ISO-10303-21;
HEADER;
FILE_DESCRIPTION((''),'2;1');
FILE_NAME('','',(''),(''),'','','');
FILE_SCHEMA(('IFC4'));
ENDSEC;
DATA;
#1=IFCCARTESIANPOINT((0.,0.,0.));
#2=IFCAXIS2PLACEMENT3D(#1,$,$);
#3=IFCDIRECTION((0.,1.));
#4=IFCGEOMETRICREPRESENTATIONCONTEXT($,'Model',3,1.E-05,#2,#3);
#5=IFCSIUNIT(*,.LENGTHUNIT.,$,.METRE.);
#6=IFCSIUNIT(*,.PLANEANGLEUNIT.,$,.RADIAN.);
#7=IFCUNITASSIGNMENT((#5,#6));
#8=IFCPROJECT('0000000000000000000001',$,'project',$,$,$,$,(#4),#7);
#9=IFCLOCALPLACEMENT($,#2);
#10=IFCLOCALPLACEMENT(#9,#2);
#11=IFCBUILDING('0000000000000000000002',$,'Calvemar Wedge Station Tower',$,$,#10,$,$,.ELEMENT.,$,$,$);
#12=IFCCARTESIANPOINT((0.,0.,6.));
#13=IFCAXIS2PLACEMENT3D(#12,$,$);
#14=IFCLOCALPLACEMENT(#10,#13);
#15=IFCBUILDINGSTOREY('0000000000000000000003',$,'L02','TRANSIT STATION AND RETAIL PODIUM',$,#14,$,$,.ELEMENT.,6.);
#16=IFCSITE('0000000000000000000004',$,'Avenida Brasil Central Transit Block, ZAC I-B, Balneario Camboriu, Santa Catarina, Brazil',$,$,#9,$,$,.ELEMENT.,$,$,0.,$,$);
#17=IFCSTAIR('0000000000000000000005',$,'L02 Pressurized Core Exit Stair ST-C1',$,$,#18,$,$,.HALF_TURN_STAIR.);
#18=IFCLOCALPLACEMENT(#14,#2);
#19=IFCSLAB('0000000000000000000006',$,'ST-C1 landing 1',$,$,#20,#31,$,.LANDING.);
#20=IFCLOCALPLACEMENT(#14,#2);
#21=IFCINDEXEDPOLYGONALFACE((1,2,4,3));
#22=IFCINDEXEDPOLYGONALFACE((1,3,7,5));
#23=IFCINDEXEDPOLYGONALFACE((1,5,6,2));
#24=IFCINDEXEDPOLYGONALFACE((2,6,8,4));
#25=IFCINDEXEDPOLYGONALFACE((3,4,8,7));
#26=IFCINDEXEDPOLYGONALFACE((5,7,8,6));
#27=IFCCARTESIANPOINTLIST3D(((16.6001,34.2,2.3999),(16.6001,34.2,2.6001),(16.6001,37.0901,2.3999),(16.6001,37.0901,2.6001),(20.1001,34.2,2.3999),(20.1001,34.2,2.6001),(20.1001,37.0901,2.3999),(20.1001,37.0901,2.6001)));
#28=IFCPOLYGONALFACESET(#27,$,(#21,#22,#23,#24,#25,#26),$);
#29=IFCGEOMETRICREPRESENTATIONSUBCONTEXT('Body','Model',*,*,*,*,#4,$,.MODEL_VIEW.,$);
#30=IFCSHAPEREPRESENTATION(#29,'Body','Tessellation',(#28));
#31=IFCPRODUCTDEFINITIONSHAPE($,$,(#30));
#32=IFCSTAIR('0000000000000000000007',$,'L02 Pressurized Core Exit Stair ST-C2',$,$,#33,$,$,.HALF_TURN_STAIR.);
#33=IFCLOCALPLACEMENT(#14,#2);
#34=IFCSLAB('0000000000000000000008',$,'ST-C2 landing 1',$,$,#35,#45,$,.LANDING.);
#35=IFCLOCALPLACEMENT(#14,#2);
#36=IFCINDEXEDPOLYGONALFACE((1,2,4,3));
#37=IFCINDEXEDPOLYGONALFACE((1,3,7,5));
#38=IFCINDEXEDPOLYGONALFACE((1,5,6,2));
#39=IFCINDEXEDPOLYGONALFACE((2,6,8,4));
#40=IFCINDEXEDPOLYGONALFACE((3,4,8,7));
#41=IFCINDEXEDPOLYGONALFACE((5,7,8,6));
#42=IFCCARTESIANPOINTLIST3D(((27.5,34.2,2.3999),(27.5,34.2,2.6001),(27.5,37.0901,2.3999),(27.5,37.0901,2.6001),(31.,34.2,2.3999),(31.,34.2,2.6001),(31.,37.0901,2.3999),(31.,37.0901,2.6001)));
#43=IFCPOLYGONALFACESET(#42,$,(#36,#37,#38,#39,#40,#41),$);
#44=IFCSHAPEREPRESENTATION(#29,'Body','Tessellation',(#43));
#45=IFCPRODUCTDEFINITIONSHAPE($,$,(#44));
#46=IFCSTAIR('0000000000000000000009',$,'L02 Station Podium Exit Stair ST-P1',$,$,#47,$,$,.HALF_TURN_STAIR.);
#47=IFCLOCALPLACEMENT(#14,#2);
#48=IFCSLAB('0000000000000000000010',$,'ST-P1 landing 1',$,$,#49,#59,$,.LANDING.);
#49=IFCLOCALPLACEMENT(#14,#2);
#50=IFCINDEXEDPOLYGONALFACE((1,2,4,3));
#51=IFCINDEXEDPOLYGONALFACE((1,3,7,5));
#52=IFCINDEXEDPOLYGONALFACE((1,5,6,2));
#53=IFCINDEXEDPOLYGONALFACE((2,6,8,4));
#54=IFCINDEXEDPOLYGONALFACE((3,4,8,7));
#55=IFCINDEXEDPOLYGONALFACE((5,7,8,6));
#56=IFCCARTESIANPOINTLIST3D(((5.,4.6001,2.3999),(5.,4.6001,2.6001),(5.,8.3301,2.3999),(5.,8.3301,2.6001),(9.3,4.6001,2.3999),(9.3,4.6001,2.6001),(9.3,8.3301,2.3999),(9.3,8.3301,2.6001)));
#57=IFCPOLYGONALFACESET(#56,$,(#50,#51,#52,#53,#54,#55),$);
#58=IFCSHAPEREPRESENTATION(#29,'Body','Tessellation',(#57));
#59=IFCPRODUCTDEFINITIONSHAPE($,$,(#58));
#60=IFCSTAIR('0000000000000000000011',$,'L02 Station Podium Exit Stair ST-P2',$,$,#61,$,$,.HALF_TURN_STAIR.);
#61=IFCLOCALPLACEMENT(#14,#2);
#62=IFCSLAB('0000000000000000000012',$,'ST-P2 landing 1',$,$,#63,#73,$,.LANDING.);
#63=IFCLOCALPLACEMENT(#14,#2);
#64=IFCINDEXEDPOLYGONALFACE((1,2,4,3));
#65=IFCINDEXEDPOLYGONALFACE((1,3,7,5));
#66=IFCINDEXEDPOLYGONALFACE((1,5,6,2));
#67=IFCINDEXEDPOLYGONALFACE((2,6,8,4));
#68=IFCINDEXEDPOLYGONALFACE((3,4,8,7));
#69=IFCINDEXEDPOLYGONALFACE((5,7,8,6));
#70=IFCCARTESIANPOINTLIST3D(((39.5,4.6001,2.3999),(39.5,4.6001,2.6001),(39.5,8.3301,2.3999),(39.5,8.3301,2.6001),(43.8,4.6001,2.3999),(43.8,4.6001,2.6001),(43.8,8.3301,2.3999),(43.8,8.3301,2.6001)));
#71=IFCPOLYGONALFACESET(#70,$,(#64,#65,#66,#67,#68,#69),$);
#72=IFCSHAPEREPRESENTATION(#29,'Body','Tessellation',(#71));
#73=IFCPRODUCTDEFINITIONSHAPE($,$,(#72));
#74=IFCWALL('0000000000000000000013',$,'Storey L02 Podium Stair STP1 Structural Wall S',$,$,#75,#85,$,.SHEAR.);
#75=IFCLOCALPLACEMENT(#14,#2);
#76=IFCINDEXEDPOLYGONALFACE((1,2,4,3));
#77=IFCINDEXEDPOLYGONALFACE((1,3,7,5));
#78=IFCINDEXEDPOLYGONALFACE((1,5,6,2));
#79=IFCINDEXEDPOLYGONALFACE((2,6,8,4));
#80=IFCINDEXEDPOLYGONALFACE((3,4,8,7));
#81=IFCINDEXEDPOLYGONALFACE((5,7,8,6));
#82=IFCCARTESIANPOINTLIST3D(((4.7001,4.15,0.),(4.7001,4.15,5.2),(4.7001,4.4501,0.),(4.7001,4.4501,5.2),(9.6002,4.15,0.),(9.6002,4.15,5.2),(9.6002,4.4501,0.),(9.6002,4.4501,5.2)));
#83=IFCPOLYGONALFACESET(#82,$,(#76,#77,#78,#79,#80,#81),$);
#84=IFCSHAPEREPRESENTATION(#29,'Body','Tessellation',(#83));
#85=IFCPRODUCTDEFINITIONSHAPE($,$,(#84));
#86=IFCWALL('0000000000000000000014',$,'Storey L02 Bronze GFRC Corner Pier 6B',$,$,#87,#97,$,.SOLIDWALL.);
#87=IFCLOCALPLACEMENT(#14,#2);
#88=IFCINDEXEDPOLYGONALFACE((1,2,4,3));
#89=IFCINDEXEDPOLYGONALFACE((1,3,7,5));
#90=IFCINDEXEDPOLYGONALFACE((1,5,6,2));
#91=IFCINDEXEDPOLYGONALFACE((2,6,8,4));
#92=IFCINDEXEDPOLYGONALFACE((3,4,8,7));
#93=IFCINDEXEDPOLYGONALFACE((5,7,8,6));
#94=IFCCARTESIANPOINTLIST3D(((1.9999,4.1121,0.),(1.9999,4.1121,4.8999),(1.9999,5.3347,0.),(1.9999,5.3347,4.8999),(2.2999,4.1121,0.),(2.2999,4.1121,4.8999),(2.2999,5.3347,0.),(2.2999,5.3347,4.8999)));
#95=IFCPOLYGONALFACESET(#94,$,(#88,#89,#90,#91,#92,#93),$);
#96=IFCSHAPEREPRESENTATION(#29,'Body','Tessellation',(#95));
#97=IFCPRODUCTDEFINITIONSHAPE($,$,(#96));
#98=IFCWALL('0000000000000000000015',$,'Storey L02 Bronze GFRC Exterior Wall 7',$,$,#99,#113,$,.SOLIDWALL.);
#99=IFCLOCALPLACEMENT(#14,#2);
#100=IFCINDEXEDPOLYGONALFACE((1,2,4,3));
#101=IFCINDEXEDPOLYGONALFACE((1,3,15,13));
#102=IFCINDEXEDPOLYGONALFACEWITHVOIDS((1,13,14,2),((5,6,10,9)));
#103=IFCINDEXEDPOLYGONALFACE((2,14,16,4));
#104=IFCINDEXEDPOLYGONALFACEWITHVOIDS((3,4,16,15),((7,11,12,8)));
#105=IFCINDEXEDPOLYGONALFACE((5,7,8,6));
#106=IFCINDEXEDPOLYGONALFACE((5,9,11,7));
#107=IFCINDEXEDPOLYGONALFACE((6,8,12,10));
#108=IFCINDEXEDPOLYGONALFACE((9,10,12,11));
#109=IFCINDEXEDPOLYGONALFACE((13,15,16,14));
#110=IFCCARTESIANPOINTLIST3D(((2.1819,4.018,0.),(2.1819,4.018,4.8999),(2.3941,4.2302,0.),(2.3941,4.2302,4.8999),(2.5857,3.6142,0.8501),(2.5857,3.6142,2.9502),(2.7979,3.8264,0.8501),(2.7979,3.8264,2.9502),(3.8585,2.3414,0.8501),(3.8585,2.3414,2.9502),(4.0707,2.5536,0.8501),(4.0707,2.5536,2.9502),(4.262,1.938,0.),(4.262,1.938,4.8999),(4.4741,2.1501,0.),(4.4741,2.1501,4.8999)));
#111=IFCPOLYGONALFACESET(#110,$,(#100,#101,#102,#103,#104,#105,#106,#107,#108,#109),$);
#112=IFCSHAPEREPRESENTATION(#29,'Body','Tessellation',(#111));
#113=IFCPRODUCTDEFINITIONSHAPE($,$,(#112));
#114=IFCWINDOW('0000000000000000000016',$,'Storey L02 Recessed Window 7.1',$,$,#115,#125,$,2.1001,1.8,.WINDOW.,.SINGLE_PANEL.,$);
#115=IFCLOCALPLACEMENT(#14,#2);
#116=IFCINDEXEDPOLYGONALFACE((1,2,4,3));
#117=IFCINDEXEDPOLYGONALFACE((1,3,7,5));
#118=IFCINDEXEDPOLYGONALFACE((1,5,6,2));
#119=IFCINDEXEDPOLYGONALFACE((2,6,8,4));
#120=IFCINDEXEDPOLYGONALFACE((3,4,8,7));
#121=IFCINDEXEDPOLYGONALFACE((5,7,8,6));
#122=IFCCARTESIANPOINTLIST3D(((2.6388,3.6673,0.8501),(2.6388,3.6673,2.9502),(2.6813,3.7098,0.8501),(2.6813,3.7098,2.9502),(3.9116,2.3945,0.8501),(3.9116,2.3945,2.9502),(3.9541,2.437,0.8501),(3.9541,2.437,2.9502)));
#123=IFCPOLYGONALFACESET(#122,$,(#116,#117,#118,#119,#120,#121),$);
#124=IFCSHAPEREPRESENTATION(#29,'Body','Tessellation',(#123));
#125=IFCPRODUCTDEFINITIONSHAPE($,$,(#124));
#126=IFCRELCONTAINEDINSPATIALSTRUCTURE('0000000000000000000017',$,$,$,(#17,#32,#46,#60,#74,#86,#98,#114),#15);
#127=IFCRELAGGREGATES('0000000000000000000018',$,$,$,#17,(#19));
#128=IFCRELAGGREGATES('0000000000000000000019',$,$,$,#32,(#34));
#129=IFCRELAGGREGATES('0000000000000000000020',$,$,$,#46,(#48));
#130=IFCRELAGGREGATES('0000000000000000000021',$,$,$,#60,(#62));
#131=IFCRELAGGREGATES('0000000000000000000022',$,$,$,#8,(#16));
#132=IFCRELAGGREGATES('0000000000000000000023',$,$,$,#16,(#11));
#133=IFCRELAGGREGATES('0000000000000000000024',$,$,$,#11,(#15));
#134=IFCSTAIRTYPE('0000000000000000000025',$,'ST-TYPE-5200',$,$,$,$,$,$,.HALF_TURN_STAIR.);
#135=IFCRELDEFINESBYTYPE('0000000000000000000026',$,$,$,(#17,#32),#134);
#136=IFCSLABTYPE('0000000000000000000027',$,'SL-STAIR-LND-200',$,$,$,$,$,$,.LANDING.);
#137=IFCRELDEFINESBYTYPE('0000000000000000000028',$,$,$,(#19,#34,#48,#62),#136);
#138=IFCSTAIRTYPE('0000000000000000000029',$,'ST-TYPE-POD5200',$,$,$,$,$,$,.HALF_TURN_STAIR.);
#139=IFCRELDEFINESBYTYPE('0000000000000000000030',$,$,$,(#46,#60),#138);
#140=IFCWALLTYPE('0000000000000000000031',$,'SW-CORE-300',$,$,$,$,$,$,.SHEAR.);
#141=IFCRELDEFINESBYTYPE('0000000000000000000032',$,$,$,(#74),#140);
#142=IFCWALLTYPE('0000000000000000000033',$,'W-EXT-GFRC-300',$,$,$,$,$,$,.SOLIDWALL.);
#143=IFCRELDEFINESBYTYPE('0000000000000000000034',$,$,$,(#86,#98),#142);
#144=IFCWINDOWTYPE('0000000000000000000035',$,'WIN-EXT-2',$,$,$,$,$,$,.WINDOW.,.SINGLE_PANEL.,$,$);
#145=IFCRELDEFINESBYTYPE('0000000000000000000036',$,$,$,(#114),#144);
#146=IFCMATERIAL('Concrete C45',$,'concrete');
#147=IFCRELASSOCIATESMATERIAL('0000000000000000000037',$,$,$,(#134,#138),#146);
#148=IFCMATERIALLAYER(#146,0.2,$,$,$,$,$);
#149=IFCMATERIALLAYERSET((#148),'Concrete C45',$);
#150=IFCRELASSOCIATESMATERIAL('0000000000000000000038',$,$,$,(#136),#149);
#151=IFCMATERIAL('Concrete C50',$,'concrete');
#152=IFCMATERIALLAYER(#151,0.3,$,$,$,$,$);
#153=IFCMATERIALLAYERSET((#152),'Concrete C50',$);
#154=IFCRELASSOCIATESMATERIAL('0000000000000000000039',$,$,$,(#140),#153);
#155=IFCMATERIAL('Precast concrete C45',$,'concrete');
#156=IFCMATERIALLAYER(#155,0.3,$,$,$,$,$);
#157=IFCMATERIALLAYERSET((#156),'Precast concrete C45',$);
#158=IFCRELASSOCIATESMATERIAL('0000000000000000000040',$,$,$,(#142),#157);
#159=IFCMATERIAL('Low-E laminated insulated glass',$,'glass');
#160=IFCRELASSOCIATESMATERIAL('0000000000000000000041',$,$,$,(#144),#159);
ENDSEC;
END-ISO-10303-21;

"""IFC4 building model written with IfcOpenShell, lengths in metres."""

from ifc_helpers import new_model, si_unit, direction, frame, frame_2d, origin, place, context, subcontext, project, spatial, polyline, rectangle, outline, extrude, source, transform, mapped, material, layer, layer_set, type_object, element, fill, aggregate, save


model = new_model("IFC4")

# Units and contexts
model_context = context("Model", 3, precision=1e-05, world=origin(), true_north=direction((0.0, 1.0)))
body_context = subcontext(model_context, "Body", "Model", "MODEL_VIEW")
ifc_project = project(units=[si_unit("LENGTHUNIT", "METRE"), si_unit("PLANEANGLEUNIT", "RADIAN")], contexts=[model_context])

# Site, building, storey
site_placement = place(None, origin())
site = spatial("IfcSite", under=ifc_project, at=site_placement, Name="Avenida Brasil Central Transit Block, ZAC I-B, Balneario Camboriu, Santa Catarina, Brazil", CompositionType="ELEMENT", RefElevation=0.0)
building_placement = place(site_placement, origin())
building = spatial("IfcBuilding", under=site, at=building_placement, Name="Calvemar Wedge Station Tower", CompositionType="ELEMENT")
storey_placement = place(building_placement, frame((0.0, 0.0, 6.0)))
storey = spatial("IfcBuildingStorey", under=building, at=storey_placement, Name="L02", Description="TRANSIT STATION AND RETAIL PODIUM", CompositionType="ELEMENT", Elevation=6.0)

# Shared definitions
ifc_material_1 = material(Name="Concrete C50", Category="concrete")

# Shared definitions
ifc_material_2 = material(Name="Low-E laminated insulated glass", Category="glass")

# Stairs, slabs
ifc_material_3 = material(Name="Concrete C45", Category="concrete")
stair_type_1 = type_object("IfcStairType", Name="ST-TYPE-5200", PredefinedType="HALF_TURN_STAIR", material=ifc_material_3)
stair_1_placement = place(storey_placement, origin())
stair_1 = element("IfcStair", 1, at=stair_1_placement, inside=storey, type_object=stair_type_1, Name="L02 Pressurized Core Exit Stair ST-C1", PredefinedType="HALF_TURN_STAIR")
ifc_layer_1 = layer(ifc_material_3, 0.2)
ifc_layer_set_1 = layer_set([ifc_layer_1], Name="Concrete C45")
slab_type_1 = type_object("IfcSlabType", Name="SL-STAIR-LND-200", PredefinedType="LANDING", material=ifc_layer_set_1)
slab_1_placement = place(storey_placement, frame((0.0, 0.0, 2.3999)))
slab_1 = element("IfcSlab", 2, at=slab_1_placement, type_object=slab_type_1, Name="ST-C1 landing 1", PredefinedType="LANDING", context=body_context, shape_type="SweptSolid", body=[
    extrude(outline(polyline([(16.6001, 37.0901), (16.6001, 34.2), (20.1001, 34.2), (20.1001, 37.0901), (16.6001, 37.0901)])), origin(), (0.0, 0.0, 1.0), 0.2002),
])
aggregate(stair_1, [slab_1])
stair_2_placement = place(storey_placement, origin())
stair_2 = element("IfcStair", 3, at=stair_2_placement, inside=storey, type_object=stair_type_1, Name="L02 Pressurized Core Exit Stair ST-C2", PredefinedType="HALF_TURN_STAIR")
slab_2_placement = place(storey_placement, frame((0.0, 0.0, 2.3999)))
slab_2 = element("IfcSlab", 4, at=slab_2_placement, type_object=slab_type_1, Name="ST-C2 landing 1", PredefinedType="LANDING", context=body_context, shape_type="SweptSolid", body=[
    extrude(outline(polyline([(27.5, 37.0901), (27.5, 34.2), (31.0, 34.2), (31.0, 37.0901), (27.5, 37.0901)])), origin(), (0.0, 0.0, 1.0), 0.2002),
])
aggregate(stair_2, [slab_2])
stair_type_2 = type_object("IfcStairType", Name="ST-TYPE-POD5200", PredefinedType="HALF_TURN_STAIR", material=ifc_material_3)
stair_3_placement = place(storey_placement, origin())
stair_3 = element("IfcStair", 5, at=stair_3_placement, inside=storey, type_object=stair_type_2, Name="L02 Station Podium Exit Stair ST-P1", PredefinedType="HALF_TURN_STAIR")
slab_3_placement = place(storey_placement, frame((0.0, 0.0, 2.3999)))
slab_3 = element("IfcSlab", 6, at=slab_3_placement, type_object=slab_type_1, Name="ST-P1 landing 1", PredefinedType="LANDING", context=body_context, shape_type="SweptSolid", body=[
    extrude(outline(polyline([(5.0, 8.3301), (5.0, 4.6001), (9.3, 4.6001), (9.3, 8.3301), (5.0, 8.3301)])), origin(), (0.0, 0.0, 1.0), 0.2002),
])
aggregate(stair_3, [slab_3])
stair_4_placement = place(storey_placement, origin())
stair_4 = element("IfcStair", 7, at=stair_4_placement, inside=storey, type_object=stair_type_2, Name="L02 Station Podium Exit Stair ST-P2", PredefinedType="HALF_TURN_STAIR")
slab_4_placement = place(storey_placement, frame((0.0, 0.0, 2.3999)))
slab_4 = element("IfcSlab", 8, at=slab_4_placement, type_object=slab_type_1, Name="ST-P2 landing 1", PredefinedType="LANDING", context=body_context, shape_type="SweptSolid", body=[
    extrude(outline(polyline([(39.5, 8.3301), (39.5, 4.6001), (43.8, 4.6001), (43.8, 8.3301), (39.5, 8.3301)])), origin(), (0.0, 0.0, 1.0), 0.2002),
])
aggregate(stair_4, [slab_4])

# Wall
ifc_layer_2 = layer(ifc_material_1, 0.3)
ifc_layer_set_2 = layer_set([ifc_layer_2], Name="Concrete C50")
wall_type_1 = type_object("IfcWallType", Name="SW-CORE-300", PredefinedType="SHEAR", material=ifc_layer_set_2)
wall_1_placement = place(storey_placement, frame((4.7, 4.3, 0.0), z_axis=(0.0, 0.0, 1.0), x_axis=(1.0, 0.0, 0.0)))
element("IfcWall", 9, at=wall_1_placement, inside=storey, type_object=wall_type_1, Name="Storey L02 Podium Stair STP1 Structural Wall S", PredefinedType="SHEAR", context=body_context, shape_type="SweptSolid", body=[
    extrude(rectangle(XDim=4.9001, YDim=0.3, at=frame_2d((2.4502, 0.0))), origin(), (0.0, 0.0, 1.0), 5.2),
])

# Wall
ifc_material_4 = material(Name="Precast concrete C45", Category="concrete")
ifc_layer_3 = layer(ifc_material_4, 0.3)
ifc_layer_set_3 = layer_set([ifc_layer_3], Name="Precast concrete C45")
wall_type_2 = type_object("IfcWallType", Name="W-EXT-GFRC-300", PredefinedType="SOLIDWALL", material=ifc_layer_set_3)
wall_2_placement = place(storey_placement, frame((2.1499, 5.3347, 0.0), z_axis=(0.0, 0.0, 1.0), x_axis=(0.0, -1.0, 0.0)))
element("IfcWall", 10, at=wall_2_placement, inside=storey, type_object=wall_type_2, Name="Storey L02 Bronze GFRC Corner Pier 6B", PredefinedType="SOLIDWALL", context=body_context, shape_type="SweptSolid", body=[
    extrude(rectangle(XDim=1.2227, YDim=0.3, at=frame_2d((0.6113, 0.0))), origin(), (0.0, 0.0, 1.0), 4.8999),
])

# Wall, opening, window
wall_3_placement = place(storey_placement, frame((2.2881, 4.124, 0.0), z_axis=(0.0, 0.0, 1.0), x_axis=(0.707107, -0.707107, 0.0)))
wall_3 = element("IfcWall", 11, at=wall_3_placement, inside=storey, type_object=wall_type_2, Name="Storey L02 Bronze GFRC Exterior Wall 7", PredefinedType="SOLIDWALL", context=body_context, shape_type="SweptSolid", body=[
    extrude(rectangle(XDim=2.9417, YDim=0.3, at=frame_2d((1.4707, 0.0))), origin(), (0.0, 0.0, 1.0), 4.8999),
])
shared_shape_1 = source(origin(), body_context, "Body", "SweptSolid", [
    extrude(rectangle(XDim=1.8, YDim=2.1001, at=frame_2d((0.8999, 1.05))), frame((0.0, 0.1602, 0.0), z_axis=(0.0, -1.0, 0.0), x_axis=(1.0, 0.0, 0.0)), (0.0, 0.0, 1.0), 0.3201),
])
opening_1_placement = place(wall_3_placement, frame((0.571, 0.0, 0.8501)))
opening_1 = element("IfcOpeningElement", 12, at=opening_1_placement, cuts=wall_3, PredefinedType="OPENING", context=body_context, shape_type="MappedRepresentation", body=[
    mapped(shared_shape_1, transform((0.0, 0.0, 0.0), scale=1.0)),
])
window_type_1 = type_object("IfcWindowType", Name="WIN-EXT-2", PartitioningType="SINGLE_PANEL", PredefinedType="WINDOW", material=ifc_material_2)
shared_shape_2 = source(origin(), body_context, "Body", "SweptSolid", [
    extrude(rectangle(XDim=1.8, YDim=2.1001, at=frame_2d((0.8999, 1.05))), frame((0.0, -0.0149, 0.0), z_axis=(0.0, -1.0, 0.0), x_axis=(1.0, 0.0, 0.0)), (0.0, 0.0, 1.0), 0.0601),
])
window_1_placement = place(opening_1_placement, origin())
window_1 = element("IfcWindow", 13, at=window_1_placement, inside=storey, type_object=window_type_1, Name="Storey L02 Recessed Window 7.1", OverallHeight=2.1001, OverallWidth=1.8, PartitioningType="SINGLE_PANEL", PredefinedType="WINDOW", context=body_context, shape_type="MappedRepresentation", body=[
    mapped(shared_shape_2, transform((0.0, 0.0, 0.0), scale=1.0)),
])
fill(opening_1, window_1)

save(model, "model.ifc")
